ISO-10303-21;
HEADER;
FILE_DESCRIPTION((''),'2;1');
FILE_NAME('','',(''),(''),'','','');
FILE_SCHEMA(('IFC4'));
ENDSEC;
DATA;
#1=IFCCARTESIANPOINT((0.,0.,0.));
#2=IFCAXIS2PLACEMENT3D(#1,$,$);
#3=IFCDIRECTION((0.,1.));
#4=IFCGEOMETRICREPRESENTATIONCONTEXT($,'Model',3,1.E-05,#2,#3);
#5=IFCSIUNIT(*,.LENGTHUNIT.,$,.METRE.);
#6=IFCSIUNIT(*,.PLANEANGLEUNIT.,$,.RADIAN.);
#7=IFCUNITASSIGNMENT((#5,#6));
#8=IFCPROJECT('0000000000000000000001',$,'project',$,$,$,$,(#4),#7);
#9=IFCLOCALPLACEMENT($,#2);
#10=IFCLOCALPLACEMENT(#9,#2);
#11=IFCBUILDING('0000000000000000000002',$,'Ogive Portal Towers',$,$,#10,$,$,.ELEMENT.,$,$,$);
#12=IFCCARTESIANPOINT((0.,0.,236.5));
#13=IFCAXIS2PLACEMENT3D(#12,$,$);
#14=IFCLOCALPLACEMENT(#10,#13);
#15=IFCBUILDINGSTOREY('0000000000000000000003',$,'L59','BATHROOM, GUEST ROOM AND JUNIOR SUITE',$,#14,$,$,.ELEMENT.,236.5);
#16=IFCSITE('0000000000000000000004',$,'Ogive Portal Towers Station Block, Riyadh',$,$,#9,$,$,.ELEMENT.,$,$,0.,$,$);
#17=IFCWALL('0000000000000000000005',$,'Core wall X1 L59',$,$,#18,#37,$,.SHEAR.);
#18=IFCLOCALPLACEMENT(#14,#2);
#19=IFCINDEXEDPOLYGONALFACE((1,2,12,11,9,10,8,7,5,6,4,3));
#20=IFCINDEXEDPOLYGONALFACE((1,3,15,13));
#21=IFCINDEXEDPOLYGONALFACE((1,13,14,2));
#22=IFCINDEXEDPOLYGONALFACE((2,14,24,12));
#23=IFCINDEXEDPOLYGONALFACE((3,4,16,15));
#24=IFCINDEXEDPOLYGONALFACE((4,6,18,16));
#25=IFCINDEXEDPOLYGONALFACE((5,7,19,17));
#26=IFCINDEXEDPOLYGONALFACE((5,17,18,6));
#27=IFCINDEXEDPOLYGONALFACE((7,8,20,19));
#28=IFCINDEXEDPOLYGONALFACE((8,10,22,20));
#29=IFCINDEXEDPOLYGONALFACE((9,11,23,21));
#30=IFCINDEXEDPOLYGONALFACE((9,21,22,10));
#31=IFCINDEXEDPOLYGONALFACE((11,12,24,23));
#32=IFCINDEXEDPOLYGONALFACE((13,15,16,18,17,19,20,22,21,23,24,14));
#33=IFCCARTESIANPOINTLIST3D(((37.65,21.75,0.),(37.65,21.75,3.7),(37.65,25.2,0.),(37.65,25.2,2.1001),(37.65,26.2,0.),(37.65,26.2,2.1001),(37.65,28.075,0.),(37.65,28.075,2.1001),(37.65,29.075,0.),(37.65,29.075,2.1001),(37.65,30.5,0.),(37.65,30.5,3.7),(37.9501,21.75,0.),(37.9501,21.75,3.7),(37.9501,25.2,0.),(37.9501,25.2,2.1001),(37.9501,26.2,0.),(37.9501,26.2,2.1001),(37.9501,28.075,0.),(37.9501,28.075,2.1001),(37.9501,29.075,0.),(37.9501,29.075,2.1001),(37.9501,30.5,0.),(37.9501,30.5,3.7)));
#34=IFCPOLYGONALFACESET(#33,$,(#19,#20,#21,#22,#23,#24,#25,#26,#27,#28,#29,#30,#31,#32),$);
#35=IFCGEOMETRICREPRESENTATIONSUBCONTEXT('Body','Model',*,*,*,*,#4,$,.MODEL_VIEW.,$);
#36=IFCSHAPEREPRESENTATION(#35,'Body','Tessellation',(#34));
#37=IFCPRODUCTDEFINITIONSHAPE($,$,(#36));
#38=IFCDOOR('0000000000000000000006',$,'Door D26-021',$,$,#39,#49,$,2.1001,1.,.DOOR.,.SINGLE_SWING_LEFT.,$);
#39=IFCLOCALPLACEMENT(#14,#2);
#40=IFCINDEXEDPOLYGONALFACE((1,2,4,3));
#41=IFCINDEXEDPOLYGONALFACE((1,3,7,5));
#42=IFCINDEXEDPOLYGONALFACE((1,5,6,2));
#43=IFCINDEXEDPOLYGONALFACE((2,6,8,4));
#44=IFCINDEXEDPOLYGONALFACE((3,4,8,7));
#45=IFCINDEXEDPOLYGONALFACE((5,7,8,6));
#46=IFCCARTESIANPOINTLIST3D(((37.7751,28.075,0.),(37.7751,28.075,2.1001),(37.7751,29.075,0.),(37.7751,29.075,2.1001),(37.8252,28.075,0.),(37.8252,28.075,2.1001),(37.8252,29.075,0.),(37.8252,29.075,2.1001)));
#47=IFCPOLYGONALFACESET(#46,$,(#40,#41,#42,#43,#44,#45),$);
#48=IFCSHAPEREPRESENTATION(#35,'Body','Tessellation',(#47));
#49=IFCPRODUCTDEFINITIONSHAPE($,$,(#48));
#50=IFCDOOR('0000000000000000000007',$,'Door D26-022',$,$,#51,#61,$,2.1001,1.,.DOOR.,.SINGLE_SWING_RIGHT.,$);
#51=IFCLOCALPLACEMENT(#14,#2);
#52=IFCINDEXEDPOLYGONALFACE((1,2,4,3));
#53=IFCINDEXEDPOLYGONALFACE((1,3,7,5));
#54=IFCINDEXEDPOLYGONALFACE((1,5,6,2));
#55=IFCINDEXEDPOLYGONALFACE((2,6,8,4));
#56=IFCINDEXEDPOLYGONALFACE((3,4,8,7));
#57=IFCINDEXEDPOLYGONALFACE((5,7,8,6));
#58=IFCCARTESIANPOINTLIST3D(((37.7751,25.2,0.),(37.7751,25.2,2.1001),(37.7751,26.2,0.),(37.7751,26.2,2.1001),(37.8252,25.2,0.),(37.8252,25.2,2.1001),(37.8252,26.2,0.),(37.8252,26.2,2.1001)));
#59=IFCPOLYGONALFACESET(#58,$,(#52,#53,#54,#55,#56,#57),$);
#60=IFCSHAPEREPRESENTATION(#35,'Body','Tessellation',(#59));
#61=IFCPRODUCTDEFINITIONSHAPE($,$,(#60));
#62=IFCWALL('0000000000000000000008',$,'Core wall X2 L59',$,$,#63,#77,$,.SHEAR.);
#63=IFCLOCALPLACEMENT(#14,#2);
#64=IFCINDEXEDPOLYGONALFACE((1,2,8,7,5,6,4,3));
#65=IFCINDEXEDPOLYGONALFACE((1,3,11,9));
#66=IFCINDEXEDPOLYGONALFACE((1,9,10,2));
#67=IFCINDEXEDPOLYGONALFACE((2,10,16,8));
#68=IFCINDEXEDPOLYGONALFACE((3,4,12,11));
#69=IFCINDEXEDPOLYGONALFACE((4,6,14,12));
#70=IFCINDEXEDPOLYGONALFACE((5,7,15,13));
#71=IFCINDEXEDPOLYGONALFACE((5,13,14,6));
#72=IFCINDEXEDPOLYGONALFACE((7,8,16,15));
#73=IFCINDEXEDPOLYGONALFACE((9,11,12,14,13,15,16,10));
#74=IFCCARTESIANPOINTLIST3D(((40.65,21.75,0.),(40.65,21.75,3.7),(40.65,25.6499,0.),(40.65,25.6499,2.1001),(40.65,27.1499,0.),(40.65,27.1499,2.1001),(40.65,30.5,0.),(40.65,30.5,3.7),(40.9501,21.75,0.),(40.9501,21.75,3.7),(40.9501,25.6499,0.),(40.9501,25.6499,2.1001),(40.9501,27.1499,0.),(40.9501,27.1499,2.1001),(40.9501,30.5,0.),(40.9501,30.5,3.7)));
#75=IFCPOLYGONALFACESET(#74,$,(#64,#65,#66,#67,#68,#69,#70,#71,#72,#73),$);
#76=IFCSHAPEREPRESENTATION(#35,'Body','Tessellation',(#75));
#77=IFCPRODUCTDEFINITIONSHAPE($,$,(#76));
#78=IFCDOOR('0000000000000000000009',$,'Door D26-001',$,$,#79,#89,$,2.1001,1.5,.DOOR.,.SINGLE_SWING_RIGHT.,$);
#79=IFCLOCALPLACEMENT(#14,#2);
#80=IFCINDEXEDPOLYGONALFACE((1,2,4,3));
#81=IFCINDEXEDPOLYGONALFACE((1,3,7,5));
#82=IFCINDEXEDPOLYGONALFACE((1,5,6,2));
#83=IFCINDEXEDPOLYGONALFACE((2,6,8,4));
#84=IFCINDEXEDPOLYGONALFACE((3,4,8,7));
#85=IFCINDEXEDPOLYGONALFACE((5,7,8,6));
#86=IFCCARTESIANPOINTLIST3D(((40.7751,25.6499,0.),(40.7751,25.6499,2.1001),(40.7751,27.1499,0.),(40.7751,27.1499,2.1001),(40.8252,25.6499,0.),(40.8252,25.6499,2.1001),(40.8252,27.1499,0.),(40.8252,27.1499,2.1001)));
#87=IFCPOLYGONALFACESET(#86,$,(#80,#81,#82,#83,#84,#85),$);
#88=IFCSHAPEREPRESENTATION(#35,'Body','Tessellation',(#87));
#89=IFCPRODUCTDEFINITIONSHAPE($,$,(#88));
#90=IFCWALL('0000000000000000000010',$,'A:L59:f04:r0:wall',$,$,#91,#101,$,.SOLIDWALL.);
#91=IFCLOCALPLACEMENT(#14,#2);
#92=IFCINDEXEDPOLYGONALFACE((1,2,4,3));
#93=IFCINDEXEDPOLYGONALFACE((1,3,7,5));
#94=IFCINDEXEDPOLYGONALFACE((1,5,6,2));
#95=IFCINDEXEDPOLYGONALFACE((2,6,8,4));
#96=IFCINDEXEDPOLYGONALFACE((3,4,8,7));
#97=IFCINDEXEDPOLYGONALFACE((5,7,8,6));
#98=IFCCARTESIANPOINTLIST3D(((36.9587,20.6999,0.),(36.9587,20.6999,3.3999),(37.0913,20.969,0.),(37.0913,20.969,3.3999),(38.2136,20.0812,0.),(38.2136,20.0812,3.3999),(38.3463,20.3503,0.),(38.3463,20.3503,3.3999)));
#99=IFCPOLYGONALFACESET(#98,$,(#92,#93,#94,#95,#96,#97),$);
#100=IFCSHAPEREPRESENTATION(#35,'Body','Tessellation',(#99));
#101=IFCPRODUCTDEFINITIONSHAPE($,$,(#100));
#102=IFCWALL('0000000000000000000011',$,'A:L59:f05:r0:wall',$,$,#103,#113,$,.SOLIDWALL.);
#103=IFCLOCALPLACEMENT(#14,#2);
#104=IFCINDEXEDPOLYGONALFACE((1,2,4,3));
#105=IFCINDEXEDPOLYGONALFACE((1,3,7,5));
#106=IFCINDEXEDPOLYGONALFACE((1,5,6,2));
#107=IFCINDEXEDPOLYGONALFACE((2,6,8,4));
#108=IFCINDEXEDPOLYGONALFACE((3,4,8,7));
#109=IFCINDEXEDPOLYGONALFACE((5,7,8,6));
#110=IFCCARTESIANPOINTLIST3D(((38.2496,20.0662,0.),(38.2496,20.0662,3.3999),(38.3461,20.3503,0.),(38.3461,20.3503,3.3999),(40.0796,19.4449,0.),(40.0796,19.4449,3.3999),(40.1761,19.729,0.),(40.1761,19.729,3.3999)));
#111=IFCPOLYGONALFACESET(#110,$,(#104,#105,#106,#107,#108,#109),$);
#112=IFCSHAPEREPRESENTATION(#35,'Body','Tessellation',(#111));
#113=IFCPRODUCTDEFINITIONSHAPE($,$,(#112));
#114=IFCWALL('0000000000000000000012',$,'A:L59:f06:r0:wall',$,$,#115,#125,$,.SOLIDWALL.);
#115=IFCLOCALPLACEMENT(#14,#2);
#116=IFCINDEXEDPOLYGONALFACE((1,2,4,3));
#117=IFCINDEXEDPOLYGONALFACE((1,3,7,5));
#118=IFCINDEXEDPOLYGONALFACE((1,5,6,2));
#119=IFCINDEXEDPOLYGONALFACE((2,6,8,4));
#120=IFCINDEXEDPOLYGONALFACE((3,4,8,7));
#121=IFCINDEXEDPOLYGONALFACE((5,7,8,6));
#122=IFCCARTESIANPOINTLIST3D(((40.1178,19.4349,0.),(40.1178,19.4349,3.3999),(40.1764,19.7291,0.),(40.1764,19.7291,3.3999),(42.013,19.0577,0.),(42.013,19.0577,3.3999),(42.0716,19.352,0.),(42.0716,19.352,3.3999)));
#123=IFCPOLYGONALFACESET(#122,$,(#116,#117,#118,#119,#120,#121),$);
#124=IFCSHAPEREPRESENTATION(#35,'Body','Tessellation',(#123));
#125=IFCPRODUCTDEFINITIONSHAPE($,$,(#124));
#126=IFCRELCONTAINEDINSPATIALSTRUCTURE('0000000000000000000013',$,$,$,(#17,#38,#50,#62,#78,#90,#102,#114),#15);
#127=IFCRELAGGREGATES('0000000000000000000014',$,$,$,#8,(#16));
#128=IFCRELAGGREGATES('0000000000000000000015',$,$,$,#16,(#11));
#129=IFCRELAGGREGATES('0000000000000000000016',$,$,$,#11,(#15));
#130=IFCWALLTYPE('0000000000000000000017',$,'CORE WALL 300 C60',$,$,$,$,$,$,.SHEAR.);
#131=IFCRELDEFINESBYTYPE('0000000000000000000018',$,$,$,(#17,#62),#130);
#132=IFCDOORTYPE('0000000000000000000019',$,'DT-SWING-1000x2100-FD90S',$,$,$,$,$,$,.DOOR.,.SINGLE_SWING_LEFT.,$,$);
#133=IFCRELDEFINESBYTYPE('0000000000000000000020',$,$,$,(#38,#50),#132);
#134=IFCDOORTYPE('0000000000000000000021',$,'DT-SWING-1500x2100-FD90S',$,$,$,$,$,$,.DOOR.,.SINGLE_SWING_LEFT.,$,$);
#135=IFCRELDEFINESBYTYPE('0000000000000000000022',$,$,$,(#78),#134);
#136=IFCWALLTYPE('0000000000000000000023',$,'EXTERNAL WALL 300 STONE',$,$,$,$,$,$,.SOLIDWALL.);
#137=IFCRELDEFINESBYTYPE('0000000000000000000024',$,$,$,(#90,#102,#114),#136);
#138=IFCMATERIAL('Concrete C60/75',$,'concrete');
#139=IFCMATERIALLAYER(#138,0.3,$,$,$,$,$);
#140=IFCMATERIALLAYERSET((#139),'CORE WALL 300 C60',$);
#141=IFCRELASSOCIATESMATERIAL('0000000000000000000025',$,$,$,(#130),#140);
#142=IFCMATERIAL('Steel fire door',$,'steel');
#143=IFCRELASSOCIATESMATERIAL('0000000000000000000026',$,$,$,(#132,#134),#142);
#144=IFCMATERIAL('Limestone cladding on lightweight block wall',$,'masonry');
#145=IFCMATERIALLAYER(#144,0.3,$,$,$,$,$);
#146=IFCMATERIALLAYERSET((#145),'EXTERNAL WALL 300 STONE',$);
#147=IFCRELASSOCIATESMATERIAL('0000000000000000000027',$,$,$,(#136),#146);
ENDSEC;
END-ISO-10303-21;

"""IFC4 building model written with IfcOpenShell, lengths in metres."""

from ifc_helpers import new_model, si_unit, direction, frame, frame_2d, origin, place, context, subcontext, project, spatial, rectangle, extrude, material, layer, layer_set, type_object, element, fill, save


model = new_model("IFC4")

# Units and contexts
model_context = context("Model", 3, precision=1e-05, world=origin(), true_north=direction((0.0, 1.0)))
body_context = subcontext(model_context, "Body", "Model", "MODEL_VIEW")
ifc_project = project(units=[si_unit("LENGTHUNIT", "METRE"), si_unit("PLANEANGLEUNIT", "RADIAN")], contexts=[model_context])

# Site, building, storey
site_placement = place(None, origin())
site = spatial("IfcSite", under=ifc_project, at=site_placement, Name="Ogive Portal Towers Station Block, Riyadh", CompositionType="ELEMENT", RefElevation=0.0)
building_placement = place(site_placement, origin())
building = spatial("IfcBuilding", under=site, at=building_placement, Name="Ogive Portal Towers", CompositionType="ELEMENT")
storey_placement = place(building_placement, frame((0.0, 0.0, 236.5)))
storey = spatial("IfcBuildingStorey", under=building, at=storey_placement, Name="L59", Description="BATHROOM, GUEST ROOM AND JUNIOR SUITE", CompositionType="ELEMENT", Elevation=236.5)

# Wall, openings, doors
ifc_material_1 = material(Name="Concrete C60/75", Category="concrete")
ifc_layer_1 = layer(ifc_material_1, 0.3)
ifc_layer_set_1 = layer_set([ifc_layer_1], Name="CORE WALL 300 C60")
wall_type_1 = type_object("IfcWallType", Name="CORE WALL 300 C60", PredefinedType="SHEAR", material=ifc_layer_set_1)
wall_1_placement = place(storey_placement, frame((37.8, 21.75, 0.0), z_axis=(0.0, 0.0, 1.0), x_axis=(0.0, 1.0, 0.0)))
wall_1 = element("IfcWall", 1, at=wall_1_placement, inside=storey, type_object=wall_type_1, Name="Core wall X1 L59", PredefinedType="SHEAR", context=body_context, shape_type="SweptSolid", body=[
    extrude(rectangle(XDim=8.75, YDim=0.3, at=frame_2d((4.375, 0.0))), origin(), (0.0, 0.0, 1.0), 3.7),
])
opening_1_placement = place(wall_1_placement, frame((6.325, 0.0, 0.0)))
opening_1 = element("IfcOpeningElement", 2, at=opening_1_placement, cuts=wall_1, PredefinedType="OPENING", context=body_context, shape_type="SweptSolid", body=[
    extrude(rectangle(XDim=1.0, YDim=2.1001, at=frame_2d((0.5, 1.05))), frame((0.0, 0.1602, 0.0), z_axis=(0.0, -1.0, 0.0), x_axis=(1.0, 0.0, 0.0)), (0.0, 0.0, 1.0), 0.3201),
])
opening_2_placement = place(wall_1_placement, frame((3.45, 0.0, 0.0)))
opening_2 = element("IfcOpeningElement", 3, at=opening_2_placement, cuts=wall_1, PredefinedType="OPENING", context=body_context, shape_type="SweptSolid", body=[
    extrude(rectangle(XDim=1.0, YDim=2.1001, at=frame_2d((0.5, 1.05))), frame((0.0, 0.1602, 0.0), z_axis=(0.0, -1.0, 0.0), x_axis=(1.0, 0.0, 0.0)), (0.0, 0.0, 1.0), 0.3201),
])
ifc_material_2 = material(Name="Steel fire door", Category="steel")
door_type_1 = type_object("IfcDoorType", Name="DT-SWING-1000x2100-FD90S", OperationType="SINGLE_SWING_LEFT", PredefinedType="DOOR", material=ifc_material_2)
door_1_placement = place(opening_1_placement, origin())
door_1 = element("IfcDoor", 4, at=door_1_placement, inside=storey, type_object=door_type_1, Name="Door D26-021", OperationType="SINGLE_SWING_LEFT", OverallHeight=2.1001, OverallWidth=1.0, PredefinedType="DOOR", context=body_context, shape_type="SweptSolid", body=[
    extrude(rectangle(XDim=1.0, YDim=2.1001, at=frame_2d((0.5, 1.05))), frame((0.0, 0.0249, 0.0), z_axis=(0.0, -1.0, 0.0), x_axis=(1.0, 0.0, 0.0)), (0.0, 0.0, 1.0), 0.05),
])
fill(opening_1, door_1)
door_2_placement = place(opening_2_placement, origin())
door_2 = element("IfcDoor", 5, at=door_2_placement, inside=storey, type_object=door_type_1, Name="Door D26-022", OperationType="SINGLE_SWING_RIGHT", OverallHeight=2.1001, OverallWidth=1.0, PredefinedType="DOOR", context=body_context, shape_type="SweptSolid", body=[
    extrude(rectangle(XDim=1.0, YDim=2.1001, at=frame_2d((0.5, 1.05))), frame((0.0, 0.0249, 0.0), z_axis=(0.0, -1.0, 0.0), x_axis=(1.0, 0.0, 0.0)), (0.0, 0.0, 1.0), 0.05),
])
fill(opening_2, door_2)

# Wall, opening, door
wall_2_placement = place(storey_placement, frame((40.8, 21.75, 0.0), z_axis=(0.0, 0.0, 1.0), x_axis=(0.0, 1.0, 0.0)))
wall_2 = element("IfcWall", 6, at=wall_2_placement, inside=storey, type_object=wall_type_1, Name="Core wall X2 L59", PredefinedType="SHEAR", context=body_context, shape_type="SweptSolid", body=[
    extrude(rectangle(XDim=8.75, YDim=0.3, at=frame_2d((4.375, 0.0))), origin(), (0.0, 0.0, 1.0), 3.7),
])
opening_3_placement = place(wall_2_placement, frame((3.8999, 0.0, 0.0)))
opening_3 = element("IfcOpeningElement", 7, at=opening_3_placement, cuts=wall_2, PredefinedType="OPENING", context=body_context, shape_type="SweptSolid", body=[
    extrude(rectangle(XDim=1.5, YDim=2.1001, at=frame_2d((0.75, 1.05))), frame((0.0, 0.1602, 0.0), z_axis=(0.0, -1.0, 0.0), x_axis=(1.0, 0.0, 0.0)), (0.0, 0.0, 1.0), 0.3201),
])
door_type_2 = type_object("IfcDoorType", Name="DT-SWING-1500x2100-FD90S", OperationType="SINGLE_SWING_LEFT", PredefinedType="DOOR", material=ifc_material_2)
door_3_placement = place(opening_3_placement, origin())
door_3 = element("IfcDoor", 8, at=door_3_placement, inside=storey, type_object=door_type_2, Name="Door D26-001", OperationType="SINGLE_SWING_RIGHT", OverallHeight=2.1001, OverallWidth=1.5, PredefinedType="DOOR", context=body_context, shape_type="SweptSolid", body=[
    extrude(rectangle(XDim=1.5, YDim=2.1001, at=frame_2d((0.75, 1.05))), frame((0.0, 0.0249, 0.0), z_axis=(0.0, -1.0, 0.0), x_axis=(1.0, 0.0, 0.0)), (0.0, 0.0, 1.0), 0.05),
])
fill(opening_3, door_3)

# Walls
ifc_material_3 = material(Name="Limestone cladding on lightweight block wall", Category="masonry")
ifc_layer_2 = layer(ifc_material_3, 0.3)
ifc_layer_set_2 = layer_set([ifc_layer_2], Name="EXTERNAL WALL 300 STONE")
wall_type_2 = type_object("IfcWallType", Name="EXTERNAL WALL 300 STONE", PredefinedType="SOLIDWALL", material=ifc_layer_set_2)
wall_3_placement = place(storey_placement, frame((37.0249, 20.8345, 0.0), z_axis=(0.0, 0.0, 1.0), x_axis=(0.896926, -0.442181, 0.0)))
element("IfcWall", 9, at=wall_3_placement, inside=storey, type_object=wall_type_2, Name="A:L59:f04:r0:wall", PredefinedType="SOLIDWALL", context=body_context, shape_type="SweptSolid", body=[
    extrude(rectangle(XDim=1.3992, YDim=0.3, at=frame_2d((0.6997, 0.0))), origin(), (0.0, 0.0, 1.0), 3.3999),
])
wall_4_placement = place(storey_placement, frame((38.2979, 20.2083, 0.0), z_axis=(0.0, 0.0, 1.0), x_axis=(0.946913, -0.321491, 0.0)))
element("IfcWall", 10, at=wall_4_placement, inside=storey, type_object=wall_type_2, Name="A:L59:f05:r0:wall", PredefinedType="SOLIDWALL", context=body_context, shape_type="SweptSolid", body=[
    extrude(rectangle(XDim=1.9326, YDim=0.3, at=frame_2d((0.9663, 0.0))), origin(), (0.0, 0.0, 1.0), 3.3999),
])
wall_5_placement = place(storey_placement, frame((40.147, 19.582, 0.0), z_axis=(0.0, 0.0, 1.0), x_axis=(0.980765, -0.195193, 0.0)))
element("IfcWall", 11, at=wall_5_placement, inside=storey, type_object=wall_type_2, Name="A:L59:f06:r0:wall", PredefinedType="SOLIDWALL", context=body_context, shape_type="SweptSolid", body=[
    extrude(rectangle(XDim=1.9324, YDim=0.3, at=frame_2d((0.9663, 0.0))), origin(), (0.0, 0.0, 1.0), 3.3999),
])

save(model, "model.ifc")
